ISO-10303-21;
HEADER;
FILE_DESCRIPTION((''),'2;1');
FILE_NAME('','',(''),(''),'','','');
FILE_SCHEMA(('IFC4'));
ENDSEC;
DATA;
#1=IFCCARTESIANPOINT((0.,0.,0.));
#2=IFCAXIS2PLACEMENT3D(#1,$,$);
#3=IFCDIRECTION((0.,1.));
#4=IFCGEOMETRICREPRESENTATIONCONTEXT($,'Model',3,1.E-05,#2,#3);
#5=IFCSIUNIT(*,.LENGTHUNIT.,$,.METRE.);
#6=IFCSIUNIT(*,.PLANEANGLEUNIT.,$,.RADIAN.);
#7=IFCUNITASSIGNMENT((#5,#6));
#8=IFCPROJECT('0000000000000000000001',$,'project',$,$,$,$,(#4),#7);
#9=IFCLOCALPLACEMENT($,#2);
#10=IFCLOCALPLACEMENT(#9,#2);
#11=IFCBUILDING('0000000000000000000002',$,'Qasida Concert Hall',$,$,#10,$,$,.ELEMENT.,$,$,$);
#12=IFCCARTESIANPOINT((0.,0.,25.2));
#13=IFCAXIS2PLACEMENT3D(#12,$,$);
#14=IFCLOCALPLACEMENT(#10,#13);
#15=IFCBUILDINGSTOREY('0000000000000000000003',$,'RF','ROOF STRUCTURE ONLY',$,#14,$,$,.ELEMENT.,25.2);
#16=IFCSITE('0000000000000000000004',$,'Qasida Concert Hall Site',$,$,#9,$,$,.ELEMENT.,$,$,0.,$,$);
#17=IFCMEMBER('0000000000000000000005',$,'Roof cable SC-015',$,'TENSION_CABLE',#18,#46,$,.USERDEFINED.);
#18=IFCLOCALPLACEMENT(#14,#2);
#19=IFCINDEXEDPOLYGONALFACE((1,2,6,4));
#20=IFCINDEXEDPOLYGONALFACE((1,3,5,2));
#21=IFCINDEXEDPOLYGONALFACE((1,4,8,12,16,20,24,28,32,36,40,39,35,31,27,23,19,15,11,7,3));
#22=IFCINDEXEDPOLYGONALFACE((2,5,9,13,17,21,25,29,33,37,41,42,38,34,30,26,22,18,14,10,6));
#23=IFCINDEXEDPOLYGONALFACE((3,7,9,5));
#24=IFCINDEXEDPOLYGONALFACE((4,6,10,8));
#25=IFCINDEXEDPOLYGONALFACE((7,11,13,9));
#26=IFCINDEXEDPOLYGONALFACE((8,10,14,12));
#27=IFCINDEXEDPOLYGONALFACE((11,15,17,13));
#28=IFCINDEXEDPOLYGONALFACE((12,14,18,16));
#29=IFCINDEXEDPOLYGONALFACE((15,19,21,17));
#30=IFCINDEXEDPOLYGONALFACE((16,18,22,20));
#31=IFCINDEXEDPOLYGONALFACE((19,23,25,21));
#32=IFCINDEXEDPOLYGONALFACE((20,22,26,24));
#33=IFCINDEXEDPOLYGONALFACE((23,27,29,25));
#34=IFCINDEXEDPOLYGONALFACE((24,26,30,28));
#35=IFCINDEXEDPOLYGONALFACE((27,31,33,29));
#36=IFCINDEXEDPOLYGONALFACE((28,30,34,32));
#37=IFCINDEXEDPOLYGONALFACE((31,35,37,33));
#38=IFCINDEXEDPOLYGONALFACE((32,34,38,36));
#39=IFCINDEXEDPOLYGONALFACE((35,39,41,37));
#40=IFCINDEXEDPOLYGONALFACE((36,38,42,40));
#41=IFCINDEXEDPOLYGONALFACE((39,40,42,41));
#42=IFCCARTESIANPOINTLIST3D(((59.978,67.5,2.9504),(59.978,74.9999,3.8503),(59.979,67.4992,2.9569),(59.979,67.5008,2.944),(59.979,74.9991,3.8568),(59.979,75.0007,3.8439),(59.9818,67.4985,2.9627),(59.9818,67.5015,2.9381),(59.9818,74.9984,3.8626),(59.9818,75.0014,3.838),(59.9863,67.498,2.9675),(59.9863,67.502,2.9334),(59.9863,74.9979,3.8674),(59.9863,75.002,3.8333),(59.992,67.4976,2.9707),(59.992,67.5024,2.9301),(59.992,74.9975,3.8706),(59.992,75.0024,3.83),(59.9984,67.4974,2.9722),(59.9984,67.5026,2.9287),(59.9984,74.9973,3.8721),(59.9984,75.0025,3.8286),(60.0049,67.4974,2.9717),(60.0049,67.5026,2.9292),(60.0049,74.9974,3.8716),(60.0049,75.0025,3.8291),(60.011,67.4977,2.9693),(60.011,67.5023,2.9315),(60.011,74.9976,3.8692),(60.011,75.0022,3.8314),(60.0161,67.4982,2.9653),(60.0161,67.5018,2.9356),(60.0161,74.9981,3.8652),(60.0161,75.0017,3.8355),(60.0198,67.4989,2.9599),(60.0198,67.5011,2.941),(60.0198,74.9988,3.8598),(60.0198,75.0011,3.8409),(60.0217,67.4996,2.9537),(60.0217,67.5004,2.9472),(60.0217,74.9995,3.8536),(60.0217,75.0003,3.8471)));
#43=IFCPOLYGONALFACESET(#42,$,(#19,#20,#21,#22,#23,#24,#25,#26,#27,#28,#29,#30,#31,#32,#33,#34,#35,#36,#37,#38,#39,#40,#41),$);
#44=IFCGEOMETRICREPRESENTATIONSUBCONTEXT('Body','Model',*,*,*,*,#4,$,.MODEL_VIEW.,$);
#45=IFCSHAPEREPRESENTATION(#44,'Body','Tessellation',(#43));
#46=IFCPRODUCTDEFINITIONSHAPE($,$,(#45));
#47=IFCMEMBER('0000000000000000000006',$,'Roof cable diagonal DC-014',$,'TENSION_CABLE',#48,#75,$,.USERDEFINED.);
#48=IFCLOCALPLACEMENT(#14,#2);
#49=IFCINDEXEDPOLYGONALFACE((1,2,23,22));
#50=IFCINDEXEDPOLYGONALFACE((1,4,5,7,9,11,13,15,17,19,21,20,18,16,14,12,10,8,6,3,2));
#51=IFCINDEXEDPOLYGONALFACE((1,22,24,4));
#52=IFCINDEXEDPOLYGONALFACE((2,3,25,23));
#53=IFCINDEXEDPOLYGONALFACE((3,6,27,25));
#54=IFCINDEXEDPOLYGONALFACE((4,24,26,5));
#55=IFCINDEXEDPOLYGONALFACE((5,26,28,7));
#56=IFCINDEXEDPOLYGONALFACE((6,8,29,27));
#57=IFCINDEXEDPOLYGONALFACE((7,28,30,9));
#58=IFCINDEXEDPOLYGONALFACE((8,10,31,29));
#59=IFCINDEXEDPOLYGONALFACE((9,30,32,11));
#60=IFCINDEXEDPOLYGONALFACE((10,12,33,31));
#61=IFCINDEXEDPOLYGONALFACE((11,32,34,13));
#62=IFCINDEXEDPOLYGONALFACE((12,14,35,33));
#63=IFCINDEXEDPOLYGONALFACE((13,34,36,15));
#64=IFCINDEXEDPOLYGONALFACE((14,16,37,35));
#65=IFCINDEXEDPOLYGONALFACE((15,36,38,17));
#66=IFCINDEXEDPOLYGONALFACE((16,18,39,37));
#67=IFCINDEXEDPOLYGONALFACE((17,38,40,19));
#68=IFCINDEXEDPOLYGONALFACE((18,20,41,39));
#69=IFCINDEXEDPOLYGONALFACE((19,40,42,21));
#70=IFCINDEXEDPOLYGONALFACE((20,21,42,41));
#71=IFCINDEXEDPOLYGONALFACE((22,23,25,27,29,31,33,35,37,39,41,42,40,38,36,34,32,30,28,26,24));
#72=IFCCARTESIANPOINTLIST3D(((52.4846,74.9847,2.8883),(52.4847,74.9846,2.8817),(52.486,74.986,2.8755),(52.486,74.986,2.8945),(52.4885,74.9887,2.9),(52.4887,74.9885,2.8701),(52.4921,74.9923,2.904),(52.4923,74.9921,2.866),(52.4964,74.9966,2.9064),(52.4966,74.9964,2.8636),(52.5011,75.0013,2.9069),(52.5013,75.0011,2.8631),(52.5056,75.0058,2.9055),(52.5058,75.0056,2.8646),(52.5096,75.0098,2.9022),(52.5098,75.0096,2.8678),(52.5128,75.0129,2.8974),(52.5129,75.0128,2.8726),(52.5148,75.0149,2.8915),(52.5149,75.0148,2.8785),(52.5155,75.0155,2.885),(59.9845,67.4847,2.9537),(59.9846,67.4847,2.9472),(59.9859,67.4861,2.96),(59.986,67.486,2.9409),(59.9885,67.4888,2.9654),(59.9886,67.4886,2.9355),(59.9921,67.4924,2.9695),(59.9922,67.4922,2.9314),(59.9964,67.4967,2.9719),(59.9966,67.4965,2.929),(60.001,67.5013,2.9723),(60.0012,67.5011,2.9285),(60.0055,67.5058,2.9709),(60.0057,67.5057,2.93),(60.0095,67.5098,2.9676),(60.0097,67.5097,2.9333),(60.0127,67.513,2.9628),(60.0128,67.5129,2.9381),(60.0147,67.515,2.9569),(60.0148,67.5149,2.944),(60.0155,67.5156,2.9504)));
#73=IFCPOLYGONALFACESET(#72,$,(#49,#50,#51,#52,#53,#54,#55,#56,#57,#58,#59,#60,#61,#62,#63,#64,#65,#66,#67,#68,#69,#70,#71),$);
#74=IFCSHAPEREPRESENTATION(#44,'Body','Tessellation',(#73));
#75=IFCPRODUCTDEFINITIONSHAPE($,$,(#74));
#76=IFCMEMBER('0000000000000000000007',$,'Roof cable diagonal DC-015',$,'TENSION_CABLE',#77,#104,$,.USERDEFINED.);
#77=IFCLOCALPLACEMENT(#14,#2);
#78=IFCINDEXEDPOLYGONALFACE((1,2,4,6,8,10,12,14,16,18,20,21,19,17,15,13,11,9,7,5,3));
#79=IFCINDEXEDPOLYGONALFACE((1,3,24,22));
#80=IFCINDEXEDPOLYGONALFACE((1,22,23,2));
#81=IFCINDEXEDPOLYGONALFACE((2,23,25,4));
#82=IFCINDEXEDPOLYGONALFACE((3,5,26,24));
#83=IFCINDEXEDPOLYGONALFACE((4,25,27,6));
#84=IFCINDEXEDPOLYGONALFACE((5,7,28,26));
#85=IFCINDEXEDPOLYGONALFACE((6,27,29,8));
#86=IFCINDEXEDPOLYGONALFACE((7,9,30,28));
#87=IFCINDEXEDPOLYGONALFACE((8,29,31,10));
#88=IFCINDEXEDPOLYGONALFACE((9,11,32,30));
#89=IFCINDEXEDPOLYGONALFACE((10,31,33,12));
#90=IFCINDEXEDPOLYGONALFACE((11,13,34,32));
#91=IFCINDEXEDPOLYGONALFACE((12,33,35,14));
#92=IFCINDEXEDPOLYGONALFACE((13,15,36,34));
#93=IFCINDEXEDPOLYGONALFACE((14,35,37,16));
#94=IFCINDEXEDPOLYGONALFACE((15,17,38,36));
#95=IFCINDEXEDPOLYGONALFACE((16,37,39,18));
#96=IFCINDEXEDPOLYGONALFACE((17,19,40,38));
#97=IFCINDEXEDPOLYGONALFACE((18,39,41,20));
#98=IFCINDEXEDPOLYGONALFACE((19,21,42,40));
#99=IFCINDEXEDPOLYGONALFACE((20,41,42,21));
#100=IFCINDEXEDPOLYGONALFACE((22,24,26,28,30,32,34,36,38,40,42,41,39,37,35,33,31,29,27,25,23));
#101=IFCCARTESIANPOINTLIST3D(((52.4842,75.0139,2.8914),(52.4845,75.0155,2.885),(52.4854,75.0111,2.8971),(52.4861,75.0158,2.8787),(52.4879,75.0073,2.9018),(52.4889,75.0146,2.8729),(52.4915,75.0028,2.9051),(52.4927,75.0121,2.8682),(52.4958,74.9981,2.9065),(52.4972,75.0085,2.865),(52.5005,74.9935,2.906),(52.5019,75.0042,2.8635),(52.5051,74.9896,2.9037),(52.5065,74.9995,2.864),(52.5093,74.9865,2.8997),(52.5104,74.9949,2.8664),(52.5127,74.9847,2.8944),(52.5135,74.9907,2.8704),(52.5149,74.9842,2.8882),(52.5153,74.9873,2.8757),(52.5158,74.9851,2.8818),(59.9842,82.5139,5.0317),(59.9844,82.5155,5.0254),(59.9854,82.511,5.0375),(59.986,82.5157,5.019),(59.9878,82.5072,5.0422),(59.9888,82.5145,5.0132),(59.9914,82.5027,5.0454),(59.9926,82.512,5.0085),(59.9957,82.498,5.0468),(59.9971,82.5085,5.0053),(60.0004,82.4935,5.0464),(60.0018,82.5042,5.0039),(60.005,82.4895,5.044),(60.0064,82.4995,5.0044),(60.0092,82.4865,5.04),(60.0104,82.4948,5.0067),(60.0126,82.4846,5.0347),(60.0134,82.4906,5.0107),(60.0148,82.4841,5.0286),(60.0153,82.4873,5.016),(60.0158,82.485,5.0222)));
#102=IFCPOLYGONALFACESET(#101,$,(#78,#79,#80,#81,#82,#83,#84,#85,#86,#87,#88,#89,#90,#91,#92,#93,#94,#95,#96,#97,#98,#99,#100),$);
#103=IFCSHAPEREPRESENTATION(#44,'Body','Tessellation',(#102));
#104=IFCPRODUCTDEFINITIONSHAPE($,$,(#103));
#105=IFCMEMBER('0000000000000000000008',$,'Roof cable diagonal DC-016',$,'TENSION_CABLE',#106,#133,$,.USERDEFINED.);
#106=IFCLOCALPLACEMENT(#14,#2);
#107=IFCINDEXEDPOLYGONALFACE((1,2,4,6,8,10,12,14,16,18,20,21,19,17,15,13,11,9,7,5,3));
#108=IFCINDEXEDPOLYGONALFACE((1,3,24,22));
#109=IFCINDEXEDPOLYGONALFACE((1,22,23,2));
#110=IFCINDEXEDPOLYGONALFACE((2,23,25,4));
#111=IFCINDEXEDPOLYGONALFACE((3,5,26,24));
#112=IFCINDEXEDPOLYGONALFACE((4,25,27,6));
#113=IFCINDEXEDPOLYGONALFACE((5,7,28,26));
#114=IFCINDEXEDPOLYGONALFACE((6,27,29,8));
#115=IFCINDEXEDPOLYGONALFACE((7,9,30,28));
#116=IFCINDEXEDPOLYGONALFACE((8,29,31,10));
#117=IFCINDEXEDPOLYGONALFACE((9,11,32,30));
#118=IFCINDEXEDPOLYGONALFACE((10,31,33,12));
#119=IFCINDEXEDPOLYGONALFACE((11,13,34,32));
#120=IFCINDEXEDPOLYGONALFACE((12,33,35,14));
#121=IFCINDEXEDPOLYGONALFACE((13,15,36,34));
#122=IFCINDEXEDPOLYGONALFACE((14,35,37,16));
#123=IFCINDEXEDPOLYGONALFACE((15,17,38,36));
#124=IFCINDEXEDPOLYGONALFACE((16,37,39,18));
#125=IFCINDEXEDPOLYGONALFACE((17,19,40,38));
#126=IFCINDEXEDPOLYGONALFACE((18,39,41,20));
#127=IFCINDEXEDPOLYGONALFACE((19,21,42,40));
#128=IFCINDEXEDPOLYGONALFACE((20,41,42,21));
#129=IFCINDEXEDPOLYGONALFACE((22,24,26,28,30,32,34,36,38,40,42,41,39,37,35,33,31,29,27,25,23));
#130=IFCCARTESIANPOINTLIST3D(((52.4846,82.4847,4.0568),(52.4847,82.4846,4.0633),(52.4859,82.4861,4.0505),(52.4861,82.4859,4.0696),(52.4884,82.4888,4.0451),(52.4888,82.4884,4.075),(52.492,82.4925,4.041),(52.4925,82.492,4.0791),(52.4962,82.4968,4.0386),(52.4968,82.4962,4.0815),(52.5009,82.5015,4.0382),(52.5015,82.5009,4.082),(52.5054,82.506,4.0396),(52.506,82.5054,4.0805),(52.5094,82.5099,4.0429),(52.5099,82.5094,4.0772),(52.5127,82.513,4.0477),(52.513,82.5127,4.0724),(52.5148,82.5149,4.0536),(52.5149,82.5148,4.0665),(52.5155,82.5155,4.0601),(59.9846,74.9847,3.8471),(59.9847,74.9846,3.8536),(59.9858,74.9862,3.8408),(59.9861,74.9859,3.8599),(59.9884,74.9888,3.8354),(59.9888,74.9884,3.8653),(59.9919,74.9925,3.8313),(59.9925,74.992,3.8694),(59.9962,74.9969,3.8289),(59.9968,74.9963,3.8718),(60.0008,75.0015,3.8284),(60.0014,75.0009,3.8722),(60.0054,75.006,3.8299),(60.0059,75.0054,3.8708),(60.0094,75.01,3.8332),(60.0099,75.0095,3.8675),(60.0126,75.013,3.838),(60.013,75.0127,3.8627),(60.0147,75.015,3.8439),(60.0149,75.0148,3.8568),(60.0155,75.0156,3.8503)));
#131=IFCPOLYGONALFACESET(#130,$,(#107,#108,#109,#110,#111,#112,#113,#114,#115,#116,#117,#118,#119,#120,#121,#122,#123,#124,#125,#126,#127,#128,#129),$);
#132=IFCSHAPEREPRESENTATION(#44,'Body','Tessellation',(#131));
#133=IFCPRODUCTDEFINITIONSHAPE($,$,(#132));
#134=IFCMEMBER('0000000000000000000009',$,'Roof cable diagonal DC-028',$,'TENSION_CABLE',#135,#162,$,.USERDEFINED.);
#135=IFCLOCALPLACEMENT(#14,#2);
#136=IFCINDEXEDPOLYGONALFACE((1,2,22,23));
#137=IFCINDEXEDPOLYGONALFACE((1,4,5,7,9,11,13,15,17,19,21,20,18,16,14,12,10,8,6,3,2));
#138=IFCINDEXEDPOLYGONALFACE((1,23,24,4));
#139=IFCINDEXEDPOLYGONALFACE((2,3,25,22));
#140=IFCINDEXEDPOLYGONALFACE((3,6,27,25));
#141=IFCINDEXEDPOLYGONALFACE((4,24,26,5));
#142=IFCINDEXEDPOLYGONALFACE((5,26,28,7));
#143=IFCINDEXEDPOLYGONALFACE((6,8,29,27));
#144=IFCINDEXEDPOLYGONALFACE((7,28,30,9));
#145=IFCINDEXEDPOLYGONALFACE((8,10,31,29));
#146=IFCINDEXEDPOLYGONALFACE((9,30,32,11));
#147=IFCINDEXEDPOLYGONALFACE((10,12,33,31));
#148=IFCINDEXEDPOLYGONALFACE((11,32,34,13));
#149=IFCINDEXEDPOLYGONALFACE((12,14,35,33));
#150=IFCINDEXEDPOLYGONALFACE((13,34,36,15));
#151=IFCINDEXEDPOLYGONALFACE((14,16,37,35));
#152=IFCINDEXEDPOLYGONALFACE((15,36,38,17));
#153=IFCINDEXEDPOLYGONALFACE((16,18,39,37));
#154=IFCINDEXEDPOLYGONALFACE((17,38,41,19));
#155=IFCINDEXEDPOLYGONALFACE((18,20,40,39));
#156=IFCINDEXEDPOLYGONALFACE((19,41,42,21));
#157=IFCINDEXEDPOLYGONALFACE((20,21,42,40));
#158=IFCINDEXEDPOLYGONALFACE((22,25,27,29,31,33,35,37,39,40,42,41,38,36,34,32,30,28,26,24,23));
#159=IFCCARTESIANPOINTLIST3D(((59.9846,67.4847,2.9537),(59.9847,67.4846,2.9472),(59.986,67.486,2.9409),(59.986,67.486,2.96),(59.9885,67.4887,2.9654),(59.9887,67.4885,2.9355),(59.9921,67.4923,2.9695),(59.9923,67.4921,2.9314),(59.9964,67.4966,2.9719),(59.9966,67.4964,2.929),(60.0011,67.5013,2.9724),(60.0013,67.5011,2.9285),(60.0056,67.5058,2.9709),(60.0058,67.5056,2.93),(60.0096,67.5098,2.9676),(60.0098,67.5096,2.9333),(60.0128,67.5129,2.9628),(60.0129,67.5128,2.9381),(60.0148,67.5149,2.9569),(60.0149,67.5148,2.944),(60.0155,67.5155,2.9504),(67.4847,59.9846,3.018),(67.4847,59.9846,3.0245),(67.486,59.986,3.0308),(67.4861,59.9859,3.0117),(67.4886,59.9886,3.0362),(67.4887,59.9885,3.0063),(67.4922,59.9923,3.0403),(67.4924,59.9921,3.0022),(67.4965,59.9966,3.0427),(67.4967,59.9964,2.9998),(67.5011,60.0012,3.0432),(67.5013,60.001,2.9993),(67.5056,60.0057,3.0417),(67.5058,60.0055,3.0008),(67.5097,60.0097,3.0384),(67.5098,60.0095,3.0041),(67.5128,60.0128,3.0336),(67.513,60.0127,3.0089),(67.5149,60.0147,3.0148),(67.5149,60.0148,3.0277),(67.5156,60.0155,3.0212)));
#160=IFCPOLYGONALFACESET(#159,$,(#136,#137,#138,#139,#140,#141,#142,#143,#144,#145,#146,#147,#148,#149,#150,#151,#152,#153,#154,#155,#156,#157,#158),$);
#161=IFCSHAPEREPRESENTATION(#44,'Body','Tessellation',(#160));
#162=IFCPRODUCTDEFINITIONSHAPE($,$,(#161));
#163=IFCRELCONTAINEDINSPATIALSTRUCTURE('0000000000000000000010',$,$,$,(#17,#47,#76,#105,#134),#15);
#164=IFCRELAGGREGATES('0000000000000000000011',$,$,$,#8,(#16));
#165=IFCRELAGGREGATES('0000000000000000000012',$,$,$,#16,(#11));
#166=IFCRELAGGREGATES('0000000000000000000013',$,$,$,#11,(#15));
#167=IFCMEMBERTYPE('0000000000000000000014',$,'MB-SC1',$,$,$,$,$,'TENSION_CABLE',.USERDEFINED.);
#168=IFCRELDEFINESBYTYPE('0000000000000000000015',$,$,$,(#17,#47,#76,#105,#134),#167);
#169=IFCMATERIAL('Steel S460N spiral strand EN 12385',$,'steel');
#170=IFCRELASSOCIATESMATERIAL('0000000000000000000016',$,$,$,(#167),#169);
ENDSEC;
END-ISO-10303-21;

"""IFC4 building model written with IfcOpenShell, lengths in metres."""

from ifc_helpers import new_model, si_unit, direction, frame, origin, origin_2d, place, context, subcontext, project, spatial, circle, extrude, material, material_profile, profile_set, type_object, element, save


model = new_model("IFC4")

# Units and contexts
model_context = context("Model", 3, precision=1e-05, world=origin(), true_north=direction((0.0, 1.0)))
body_context = subcontext(model_context, "Body", "Model", "MODEL_VIEW")
ifc_project = project(units=[si_unit("LENGTHUNIT", "METRE"), si_unit("PLANEANGLEUNIT", "RADIAN")], contexts=[model_context])

# Site, building, storey
site_placement = place(None, origin())
site = spatial("IfcSite", under=ifc_project, at=site_placement, Name="Qasida Concert Hall Site", CompositionType="ELEMENT", RefElevation=0.0)
building_placement = place(site_placement, origin())
building = spatial("IfcBuilding", under=site, at=building_placement, Name="Qasida Concert Hall", CompositionType="ELEMENT")
storey_placement = place(building_placement, frame((0.0, 0.0, 25.2)))
storey = spatial("IfcBuildingStorey", under=building, at=storey_placement, Name="RF", Description="ROOF STRUCTURE ONLY", CompositionType="ELEMENT", Elevation=25.2)

# Members
ifc_material_1 = material(Name="Steel S460N spiral strand EN 12385", Category="steel")
ifc_material_profile_1 = material_profile(ifc_material_1, circle(Radius=0.022, at=origin_2d()), Name="STRAND D44")
ifc_profile_set_1 = profile_set([ifc_material_profile_1], Name="Steel S460N spiral strand EN 12385")
member_type_1 = type_object("IfcMemberType", Name="MB-SC1", ElementType="TENSION_CABLE", PredefinedType="USERDEFINED", material=ifc_profile_set_1)
member_1_placement = place(storey_placement, frame((60.0, 67.5, 2.9504), z_axis=(0.0, 0.992878, 0.119132), x_axis=(-1.0, 0.0, 0.0)))
element("IfcMember", 1, at=member_1_placement, inside=storey, type_object=member_type_1, Name="Roof cable SC-015", ObjectType="TENSION_CABLE", PredefinedType="USERDEFINED", context=body_context, shape_type="SweptSolid", body=[
    extrude(circle(Radius=0.022, at=origin_2d()), origin(), (0.0, 0.0, 1.0), 7.5537),
])
member_2_placement = place(storey_placement, frame((52.5, 75.0, 2.885), z_axis=(0.707093, -0.707093, 0.006169), x_axis=(0.707107, 0.707107, 0.0)))
element("IfcMember", 2, at=member_2_placement, inside=storey, type_object=member_type_1, Name="Roof cable diagonal DC-014", ObjectType="TENSION_CABLE", PredefinedType="USERDEFINED", context=body_context, shape_type="SweptSolid", body=[
    extrude(circle(Radius=0.022, at=origin_2d()), origin(), (0.0, 0.0, 1.0), 10.6067),
])
member_3_placement = place(storey_placement, frame((52.5, 75.0, 2.885), z_axis=(0.693135, 0.693135, 0.19781), x_axis=(-0.707107, 0.707107, 0.0)))
element("IfcMember", 3, at=member_3_placement, inside=storey, type_object=member_type_1, Name="Roof cable diagonal DC-015", ObjectType="TENSION_CABLE", PredefinedType="USERDEFINED", context=body_context, shape_type="SweptSolid", body=[
    extrude(circle(Radius=0.022, at=origin_2d()), origin(), (0.0, 0.0, 1.0), 10.8203),
])
member_4_placement = place(storey_placement, frame((52.5, 82.5, 4.0601), z_axis=(0.706969, -0.706969, -0.019768), x_axis=(0.707107, 0.707107, 0.0)))
element("IfcMember", 4, at=member_4_placement, inside=storey, type_object=member_type_1, Name="Roof cable diagonal DC-016", ObjectType="TENSION_CABLE", PredefinedType="USERDEFINED", context=body_context, shape_type="SweptSolid", body=[
    extrude(circle(Radius=0.022, at=origin_2d()), origin(), (0.0, 0.0, 1.0), 10.6086),
])
member_5_placement = place(storey_placement, frame((60.0, 67.5, 2.9504), z_axis=(0.707091, -0.707091, 0.006675), x_axis=(0.707107, 0.707107, 0.0)))
element("IfcMember", 5, at=member_5_placement, inside=storey, type_object=member_type_1, Name="Roof cable diagonal DC-028", ObjectType="TENSION_CABLE", PredefinedType="USERDEFINED", context=body_context, shape_type="SweptSolid", body=[
    extrude(circle(Radius=0.022, at=origin_2d()), origin(), (0.0, 0.0, 1.0), 10.6069),
])

save(model, "model.ifc")
